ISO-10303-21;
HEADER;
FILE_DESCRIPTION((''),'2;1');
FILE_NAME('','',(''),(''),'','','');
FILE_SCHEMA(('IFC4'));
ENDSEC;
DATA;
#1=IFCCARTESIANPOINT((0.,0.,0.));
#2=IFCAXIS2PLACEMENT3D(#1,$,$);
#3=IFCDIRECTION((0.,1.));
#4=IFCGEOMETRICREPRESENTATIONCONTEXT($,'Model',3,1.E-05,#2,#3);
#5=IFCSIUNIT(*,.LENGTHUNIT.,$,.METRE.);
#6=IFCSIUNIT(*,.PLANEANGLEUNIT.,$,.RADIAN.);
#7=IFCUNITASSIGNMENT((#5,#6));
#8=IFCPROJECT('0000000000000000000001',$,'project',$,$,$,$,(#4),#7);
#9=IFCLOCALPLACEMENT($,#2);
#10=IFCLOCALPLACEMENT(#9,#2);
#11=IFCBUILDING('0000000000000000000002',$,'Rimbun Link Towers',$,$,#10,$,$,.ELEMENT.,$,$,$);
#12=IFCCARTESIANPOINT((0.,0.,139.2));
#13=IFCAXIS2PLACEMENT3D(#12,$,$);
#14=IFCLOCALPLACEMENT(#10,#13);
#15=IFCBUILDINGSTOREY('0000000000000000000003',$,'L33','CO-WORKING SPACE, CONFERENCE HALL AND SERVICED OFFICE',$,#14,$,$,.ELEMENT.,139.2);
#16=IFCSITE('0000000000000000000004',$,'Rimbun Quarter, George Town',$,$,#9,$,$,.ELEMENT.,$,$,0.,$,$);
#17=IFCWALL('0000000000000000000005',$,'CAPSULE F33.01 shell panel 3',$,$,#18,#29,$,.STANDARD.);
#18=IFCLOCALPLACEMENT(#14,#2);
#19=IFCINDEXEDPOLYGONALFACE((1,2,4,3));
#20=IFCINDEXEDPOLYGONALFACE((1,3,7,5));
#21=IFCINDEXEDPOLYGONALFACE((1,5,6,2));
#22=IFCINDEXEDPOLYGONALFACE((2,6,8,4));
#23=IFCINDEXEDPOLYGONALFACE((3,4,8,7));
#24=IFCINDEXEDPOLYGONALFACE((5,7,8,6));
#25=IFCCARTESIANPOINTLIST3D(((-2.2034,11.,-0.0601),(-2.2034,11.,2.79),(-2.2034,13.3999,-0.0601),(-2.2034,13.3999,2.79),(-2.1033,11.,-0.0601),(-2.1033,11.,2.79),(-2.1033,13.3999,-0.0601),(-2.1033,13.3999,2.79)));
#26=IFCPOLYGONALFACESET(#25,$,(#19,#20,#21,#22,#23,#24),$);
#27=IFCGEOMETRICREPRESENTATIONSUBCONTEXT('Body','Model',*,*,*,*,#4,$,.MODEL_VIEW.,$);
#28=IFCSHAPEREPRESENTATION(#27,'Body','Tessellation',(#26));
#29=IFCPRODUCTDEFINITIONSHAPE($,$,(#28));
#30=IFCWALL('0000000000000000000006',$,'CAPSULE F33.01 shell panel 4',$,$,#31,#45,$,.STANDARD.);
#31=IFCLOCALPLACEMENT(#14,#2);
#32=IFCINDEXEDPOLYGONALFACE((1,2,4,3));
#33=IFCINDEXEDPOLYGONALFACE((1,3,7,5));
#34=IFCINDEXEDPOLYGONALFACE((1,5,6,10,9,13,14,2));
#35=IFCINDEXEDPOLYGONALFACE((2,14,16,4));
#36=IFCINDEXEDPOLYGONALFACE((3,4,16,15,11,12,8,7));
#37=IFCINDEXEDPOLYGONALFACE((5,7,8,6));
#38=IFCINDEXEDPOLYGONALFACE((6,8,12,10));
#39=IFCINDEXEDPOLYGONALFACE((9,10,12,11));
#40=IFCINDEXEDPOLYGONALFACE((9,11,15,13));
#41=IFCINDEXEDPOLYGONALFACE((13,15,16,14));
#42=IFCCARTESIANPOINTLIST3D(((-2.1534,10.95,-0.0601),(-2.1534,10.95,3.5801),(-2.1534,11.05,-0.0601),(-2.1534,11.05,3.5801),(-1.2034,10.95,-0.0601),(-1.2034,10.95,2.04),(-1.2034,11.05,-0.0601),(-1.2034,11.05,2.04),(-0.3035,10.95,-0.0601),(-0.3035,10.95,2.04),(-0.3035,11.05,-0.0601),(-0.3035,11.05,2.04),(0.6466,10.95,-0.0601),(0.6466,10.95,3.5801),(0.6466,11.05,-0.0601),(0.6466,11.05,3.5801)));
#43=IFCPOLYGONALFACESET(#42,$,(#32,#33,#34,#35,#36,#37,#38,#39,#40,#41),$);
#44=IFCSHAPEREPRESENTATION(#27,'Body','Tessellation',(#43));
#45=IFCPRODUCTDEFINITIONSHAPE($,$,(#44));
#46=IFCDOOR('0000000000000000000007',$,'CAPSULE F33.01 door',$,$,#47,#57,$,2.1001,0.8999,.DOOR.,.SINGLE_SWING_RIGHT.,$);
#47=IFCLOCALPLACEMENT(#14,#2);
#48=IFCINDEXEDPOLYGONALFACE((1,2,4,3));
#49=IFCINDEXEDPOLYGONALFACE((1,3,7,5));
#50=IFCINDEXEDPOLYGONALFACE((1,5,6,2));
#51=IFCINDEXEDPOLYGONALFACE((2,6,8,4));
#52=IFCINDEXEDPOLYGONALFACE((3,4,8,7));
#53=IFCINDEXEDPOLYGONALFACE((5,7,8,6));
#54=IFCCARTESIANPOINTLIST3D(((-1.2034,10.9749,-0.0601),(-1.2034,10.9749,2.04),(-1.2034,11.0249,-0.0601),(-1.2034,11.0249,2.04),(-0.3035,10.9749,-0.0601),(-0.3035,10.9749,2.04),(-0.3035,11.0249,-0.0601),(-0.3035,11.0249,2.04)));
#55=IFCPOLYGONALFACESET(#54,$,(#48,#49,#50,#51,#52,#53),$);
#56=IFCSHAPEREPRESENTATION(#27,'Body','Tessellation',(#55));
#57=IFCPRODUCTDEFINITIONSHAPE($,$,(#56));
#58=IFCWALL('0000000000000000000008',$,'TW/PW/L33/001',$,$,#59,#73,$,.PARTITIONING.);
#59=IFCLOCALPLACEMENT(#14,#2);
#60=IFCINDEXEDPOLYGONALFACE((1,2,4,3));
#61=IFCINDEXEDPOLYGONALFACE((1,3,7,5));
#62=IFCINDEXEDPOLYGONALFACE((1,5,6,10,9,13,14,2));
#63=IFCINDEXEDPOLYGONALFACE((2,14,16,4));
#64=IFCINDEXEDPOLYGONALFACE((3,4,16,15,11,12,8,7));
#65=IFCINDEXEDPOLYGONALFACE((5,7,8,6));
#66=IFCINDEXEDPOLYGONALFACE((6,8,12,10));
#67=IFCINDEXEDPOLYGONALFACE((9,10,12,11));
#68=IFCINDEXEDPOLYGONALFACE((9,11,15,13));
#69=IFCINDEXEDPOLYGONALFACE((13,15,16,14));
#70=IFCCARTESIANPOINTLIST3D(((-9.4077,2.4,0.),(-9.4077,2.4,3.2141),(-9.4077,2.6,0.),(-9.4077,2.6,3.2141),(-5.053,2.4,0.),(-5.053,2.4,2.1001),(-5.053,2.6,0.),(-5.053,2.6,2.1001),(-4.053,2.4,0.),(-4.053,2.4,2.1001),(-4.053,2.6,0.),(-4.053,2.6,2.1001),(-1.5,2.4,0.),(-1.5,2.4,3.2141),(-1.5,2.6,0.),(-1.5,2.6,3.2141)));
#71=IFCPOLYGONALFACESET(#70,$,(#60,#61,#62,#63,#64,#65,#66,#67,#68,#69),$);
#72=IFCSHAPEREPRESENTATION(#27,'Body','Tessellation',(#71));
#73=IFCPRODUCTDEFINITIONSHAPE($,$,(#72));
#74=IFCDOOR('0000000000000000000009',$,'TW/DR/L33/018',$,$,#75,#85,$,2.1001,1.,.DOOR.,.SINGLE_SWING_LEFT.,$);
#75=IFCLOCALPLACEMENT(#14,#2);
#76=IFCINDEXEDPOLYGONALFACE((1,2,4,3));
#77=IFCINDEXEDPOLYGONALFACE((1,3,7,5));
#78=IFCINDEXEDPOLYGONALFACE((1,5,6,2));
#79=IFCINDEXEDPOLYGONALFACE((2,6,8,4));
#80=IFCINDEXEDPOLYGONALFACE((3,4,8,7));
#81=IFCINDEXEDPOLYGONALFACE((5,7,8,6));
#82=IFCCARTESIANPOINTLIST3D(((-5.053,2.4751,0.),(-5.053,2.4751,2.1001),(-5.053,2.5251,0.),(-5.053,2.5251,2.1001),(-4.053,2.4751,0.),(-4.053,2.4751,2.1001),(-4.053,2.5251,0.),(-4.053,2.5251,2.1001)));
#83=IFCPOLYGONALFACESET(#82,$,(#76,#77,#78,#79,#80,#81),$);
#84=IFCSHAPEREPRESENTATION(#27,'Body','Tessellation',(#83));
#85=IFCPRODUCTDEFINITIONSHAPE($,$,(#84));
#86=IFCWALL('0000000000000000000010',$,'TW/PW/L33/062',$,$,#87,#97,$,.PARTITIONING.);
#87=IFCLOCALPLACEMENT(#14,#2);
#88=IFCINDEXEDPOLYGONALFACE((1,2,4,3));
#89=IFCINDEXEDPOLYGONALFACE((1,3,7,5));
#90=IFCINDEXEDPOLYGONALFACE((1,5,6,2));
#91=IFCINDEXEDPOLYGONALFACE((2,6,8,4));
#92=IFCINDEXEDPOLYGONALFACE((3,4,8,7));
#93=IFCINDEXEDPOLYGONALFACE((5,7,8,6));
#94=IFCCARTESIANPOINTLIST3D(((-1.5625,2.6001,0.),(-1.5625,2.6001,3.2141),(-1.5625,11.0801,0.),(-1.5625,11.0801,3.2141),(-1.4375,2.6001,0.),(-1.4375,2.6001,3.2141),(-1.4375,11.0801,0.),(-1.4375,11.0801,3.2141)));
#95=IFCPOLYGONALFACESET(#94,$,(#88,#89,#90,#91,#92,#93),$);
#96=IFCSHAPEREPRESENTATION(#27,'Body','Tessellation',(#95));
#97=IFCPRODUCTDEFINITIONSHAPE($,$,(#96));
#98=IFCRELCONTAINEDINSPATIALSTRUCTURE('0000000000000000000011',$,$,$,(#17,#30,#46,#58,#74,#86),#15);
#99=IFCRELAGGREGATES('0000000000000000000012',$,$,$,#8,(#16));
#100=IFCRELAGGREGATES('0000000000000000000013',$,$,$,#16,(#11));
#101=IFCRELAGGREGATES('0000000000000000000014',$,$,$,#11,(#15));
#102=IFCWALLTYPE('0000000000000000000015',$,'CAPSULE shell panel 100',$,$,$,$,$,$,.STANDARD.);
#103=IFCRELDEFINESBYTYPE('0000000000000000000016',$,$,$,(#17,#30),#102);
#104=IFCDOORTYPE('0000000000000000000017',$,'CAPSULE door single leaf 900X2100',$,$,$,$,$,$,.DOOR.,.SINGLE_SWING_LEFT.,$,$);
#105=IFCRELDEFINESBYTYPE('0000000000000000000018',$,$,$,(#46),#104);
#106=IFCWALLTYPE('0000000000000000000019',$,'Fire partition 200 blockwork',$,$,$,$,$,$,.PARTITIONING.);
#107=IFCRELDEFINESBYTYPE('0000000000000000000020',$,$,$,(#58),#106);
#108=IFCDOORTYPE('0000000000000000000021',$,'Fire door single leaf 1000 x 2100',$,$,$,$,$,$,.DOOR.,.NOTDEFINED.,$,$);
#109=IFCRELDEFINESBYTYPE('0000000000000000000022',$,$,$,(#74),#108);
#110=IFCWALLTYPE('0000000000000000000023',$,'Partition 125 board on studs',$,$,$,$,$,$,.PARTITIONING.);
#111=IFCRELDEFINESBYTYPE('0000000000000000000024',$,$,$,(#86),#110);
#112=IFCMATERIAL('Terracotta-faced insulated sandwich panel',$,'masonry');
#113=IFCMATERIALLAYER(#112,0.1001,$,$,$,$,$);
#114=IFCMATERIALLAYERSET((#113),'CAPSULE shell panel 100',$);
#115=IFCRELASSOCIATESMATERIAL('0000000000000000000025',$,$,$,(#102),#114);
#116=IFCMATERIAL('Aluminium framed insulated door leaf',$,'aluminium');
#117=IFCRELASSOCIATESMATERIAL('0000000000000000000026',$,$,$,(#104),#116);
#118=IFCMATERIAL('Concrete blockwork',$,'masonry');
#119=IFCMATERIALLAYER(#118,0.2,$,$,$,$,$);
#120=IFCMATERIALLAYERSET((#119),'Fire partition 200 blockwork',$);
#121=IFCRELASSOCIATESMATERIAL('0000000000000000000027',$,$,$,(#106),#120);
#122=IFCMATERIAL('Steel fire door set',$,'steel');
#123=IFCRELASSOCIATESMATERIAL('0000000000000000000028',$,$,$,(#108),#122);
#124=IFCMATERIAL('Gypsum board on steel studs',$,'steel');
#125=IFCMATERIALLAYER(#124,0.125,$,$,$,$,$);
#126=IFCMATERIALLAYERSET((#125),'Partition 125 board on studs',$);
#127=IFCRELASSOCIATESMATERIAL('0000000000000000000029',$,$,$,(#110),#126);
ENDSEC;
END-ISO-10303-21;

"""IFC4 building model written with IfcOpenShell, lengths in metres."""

from ifc_helpers import new_model, si_unit, direction, frame, frame_2d, origin, place, context, subcontext, project, spatial, rectangle, extrude, material, layer, layer_set, type_object, element, fill, save


model = new_model("IFC4")

# Units and contexts
model_context = context("Model", 3, precision=1e-05, world=origin(), true_north=direction((0.0, 1.0)))
body_context = subcontext(model_context, "Body", "Model", "MODEL_VIEW")
ifc_project = project(units=[si_unit("LENGTHUNIT", "METRE"), si_unit("PLANEANGLEUNIT", "RADIAN")], contexts=[model_context])

# Site, building, storey
site_placement = place(None, origin())
site = spatial("IfcSite", under=ifc_project, at=site_placement, Name="Rimbun Quarter, George Town", CompositionType="ELEMENT", RefElevation=0.0)
building_placement = place(site_placement, origin())
building = spatial("IfcBuilding", under=site, at=building_placement, Name="Rimbun Link Towers", CompositionType="ELEMENT")
storey_placement = place(building_placement, frame((0.0, 0.0, 139.2)))
storey = spatial("IfcBuildingStorey", under=building, at=storey_placement, Name="L33", Description="CO-WORKING SPACE, CONFERENCE HALL AND SERVICED OFFICE", CompositionType="ELEMENT", Elevation=139.2)

# Wall
ifc_material_1 = material(Name="Terracotta-faced insulated sandwich panel", Category="masonry")
ifc_layer_1 = layer(ifc_material_1, 0.1001)
ifc_layer_set_1 = layer_set([ifc_layer_1], Name="CAPSULE shell panel 100")
wall_type_1 = type_object("IfcWallType", Name="CAPSULE shell panel 100", PredefinedType="STANDARD", material=ifc_layer_set_1)
wall_1_placement = place(storey_placement, frame((-2.1533, 13.3999, -0.0601), z_axis=(0.0, 0.0, 1.0), x_axis=(0.0, -1.0, 0.0)))
element("IfcWall", 1, at=wall_1_placement, inside=storey, type_object=wall_type_1, Name="CAPSULE F33.01 shell panel 3", PredefinedType="STANDARD", context=body_context, shape_type="SweptSolid", body=[
    extrude(rectangle(XDim=2.3999, YDim=0.1001, at=frame_2d((1.2, 0.0))), origin(), (0.0, 0.0, 1.0), 2.8501),
])

# Walls, openings, doors
wall_2_placement = place(storey_placement, frame((-2.1533, 11.0, -0.0601), z_axis=(0.0, 0.0, 1.0), x_axis=(1.0, 0.0, 0.0)))
wall_2 = element("IfcWall", 2, at=wall_2_placement, inside=storey, type_object=wall_type_1, Name="CAPSULE F33.01 shell panel 4", PredefinedType="STANDARD", context=body_context, shape_type="SweptSolid", body=[
    extrude(rectangle(XDim=2.8, YDim=0.1001, at=frame_2d((1.3999, 0.0))), origin(), (0.0, 0.0, 1.0), 3.6401),
])
opening_1_placement = place(wall_2_placement, frame((0.95, 0.0, 0.0)))
opening_1 = element("IfcOpeningElement", 3, at=opening_1_placement, cuts=wall_2, PredefinedType="OPENING", context=body_context, shape_type="SweptSolid", body=[
    extrude(rectangle(XDim=0.8999, YDim=2.1001, at=frame_2d((0.45, 1.05))), frame((0.0, 0.0601, 0.0), z_axis=(0.0, -1.0, 0.0), x_axis=(1.0, 0.0, 0.0)), (0.0, 0.0, 1.0), 0.1201),
])
ifc_material_2 = material(Name="Aluminium framed insulated door leaf", Category="aluminium")
door_type_1 = type_object("IfcDoorType", Name="CAPSULE door single leaf 900X2100", OperationType="SINGLE_SWING_LEFT", PredefinedType="DOOR", material=ifc_material_2)
door_1_placement = place(opening_1_placement, origin())
door_1 = element("IfcDoor", 4, at=door_1_placement, inside=storey, type_object=door_type_1, Name="CAPSULE F33.01 door", OperationType="SINGLE_SWING_RIGHT", OverallHeight=2.1001, OverallWidth=0.8999, PredefinedType="DOOR", context=body_context, shape_type="SweptSolid", body=[
    extrude(rectangle(XDim=0.8999, YDim=2.1001, at=frame_2d((0.45, 1.05))), frame((0.0, 0.0249, 0.0), z_axis=(0.0, -1.0, 0.0), x_axis=(1.0, 0.0, 0.0)), (0.0, 0.0, 1.0), 0.05),
])
fill(opening_1, door_1)
ifc_material_3 = material(Name="Concrete blockwork", Category="masonry")
ifc_layer_2 = layer(ifc_material_3, 0.2)
ifc_layer_set_2 = layer_set([ifc_layer_2], Name="Fire partition 200 blockwork")
wall_type_2 = type_object("IfcWallType", Name="Fire partition 200 blockwork", PredefinedType="PARTITIONING", material=ifc_layer_set_2)
wall_3_placement = place(storey_placement, frame((-1.5, 2.5, 0.0), z_axis=(0.0, 0.0, 1.0), x_axis=(-1.0, 0.0, 0.0)))
wall_3 = element("IfcWall", 5, at=wall_3_placement, inside=storey, type_object=wall_type_2, Name="TW/PW/L33/001", PredefinedType="PARTITIONING", context=body_context, shape_type="SweptSolid", body=[
    extrude(rectangle(XDim=7.9077, YDim=0.2, at=frame_2d((3.9539, 0.0))), origin(), (0.0, 0.0, 1.0), 3.2141),
])
opening_2_placement = place(wall_3_placement, frame((2.553, 0.0, 0.0)))
opening_2 = element("IfcOpeningElement", 6, at=opening_2_placement, cuts=wall_3, PredefinedType="OPENING", context=body_context, shape_type="SweptSolid", body=[
    extrude(rectangle(XDim=1.0, YDim=2.1001, at=frame_2d((0.5, 1.05))), frame((0.0, 0.1099, 0.0), z_axis=(0.0, -1.0, 0.0), x_axis=(1.0, 0.0, 0.0)), (0.0, 0.0, 1.0), 0.22),
])
ifc_material_4 = material(Name="Steel fire door set", Category="steel")
door_type_2 = type_object("IfcDoorType", Name="Fire door single leaf 1000 x 2100", OperationType="NOTDEFINED", PredefinedType="DOOR", material=ifc_material_4)
door_2_placement = place(opening_2_placement, origin())
door_2 = element("IfcDoor", 7, at=door_2_placement, inside=storey, type_object=door_type_2, Name="TW/DR/L33/018", OperationType="SINGLE_SWING_LEFT", OverallHeight=2.1001, OverallWidth=1.0, PredefinedType="DOOR", context=body_context, shape_type="SweptSolid", body=[
    extrude(rectangle(XDim=1.0, YDim=2.1001, at=frame_2d((0.5, 1.05))), frame((0.0, 0.0249, 0.0), z_axis=(0.0, -1.0, 0.0), x_axis=(1.0, 0.0, 0.0)), (0.0, 0.0, 1.0), 0.05),
])
fill(opening_2, door_2)

# Wall
ifc_material_5 = material(Name="Gypsum board on steel studs", Category="steel")
ifc_layer_3 = layer(ifc_material_5, 0.125)
ifc_layer_set_3 = layer_set([ifc_layer_3], Name="Partition 125 board on studs")
wall_type_3 = type_object("IfcWallType", Name="Partition 125 board on studs", PredefinedType="PARTITIONING", material=ifc_layer_set_3)
wall_4_placement = place(storey_placement, frame((-1.5, 2.6001, 0.0), z_axis=(0.0, 0.0, 1.0), x_axis=(0.0, 1.0, 0.0)))
element("IfcWall", 8, at=wall_4_placement, inside=storey, type_object=wall_type_3, Name="TW/PW/L33/062", PredefinedType="PARTITIONING", context=body_context, shape_type="SweptSolid", body=[
    extrude(rectangle(XDim=8.48, YDim=0.125, at=frame_2d((4.24, 0.0))), origin(), (0.0, 0.0, 1.0), 3.2141),
])

save(model, "model.ifc")
